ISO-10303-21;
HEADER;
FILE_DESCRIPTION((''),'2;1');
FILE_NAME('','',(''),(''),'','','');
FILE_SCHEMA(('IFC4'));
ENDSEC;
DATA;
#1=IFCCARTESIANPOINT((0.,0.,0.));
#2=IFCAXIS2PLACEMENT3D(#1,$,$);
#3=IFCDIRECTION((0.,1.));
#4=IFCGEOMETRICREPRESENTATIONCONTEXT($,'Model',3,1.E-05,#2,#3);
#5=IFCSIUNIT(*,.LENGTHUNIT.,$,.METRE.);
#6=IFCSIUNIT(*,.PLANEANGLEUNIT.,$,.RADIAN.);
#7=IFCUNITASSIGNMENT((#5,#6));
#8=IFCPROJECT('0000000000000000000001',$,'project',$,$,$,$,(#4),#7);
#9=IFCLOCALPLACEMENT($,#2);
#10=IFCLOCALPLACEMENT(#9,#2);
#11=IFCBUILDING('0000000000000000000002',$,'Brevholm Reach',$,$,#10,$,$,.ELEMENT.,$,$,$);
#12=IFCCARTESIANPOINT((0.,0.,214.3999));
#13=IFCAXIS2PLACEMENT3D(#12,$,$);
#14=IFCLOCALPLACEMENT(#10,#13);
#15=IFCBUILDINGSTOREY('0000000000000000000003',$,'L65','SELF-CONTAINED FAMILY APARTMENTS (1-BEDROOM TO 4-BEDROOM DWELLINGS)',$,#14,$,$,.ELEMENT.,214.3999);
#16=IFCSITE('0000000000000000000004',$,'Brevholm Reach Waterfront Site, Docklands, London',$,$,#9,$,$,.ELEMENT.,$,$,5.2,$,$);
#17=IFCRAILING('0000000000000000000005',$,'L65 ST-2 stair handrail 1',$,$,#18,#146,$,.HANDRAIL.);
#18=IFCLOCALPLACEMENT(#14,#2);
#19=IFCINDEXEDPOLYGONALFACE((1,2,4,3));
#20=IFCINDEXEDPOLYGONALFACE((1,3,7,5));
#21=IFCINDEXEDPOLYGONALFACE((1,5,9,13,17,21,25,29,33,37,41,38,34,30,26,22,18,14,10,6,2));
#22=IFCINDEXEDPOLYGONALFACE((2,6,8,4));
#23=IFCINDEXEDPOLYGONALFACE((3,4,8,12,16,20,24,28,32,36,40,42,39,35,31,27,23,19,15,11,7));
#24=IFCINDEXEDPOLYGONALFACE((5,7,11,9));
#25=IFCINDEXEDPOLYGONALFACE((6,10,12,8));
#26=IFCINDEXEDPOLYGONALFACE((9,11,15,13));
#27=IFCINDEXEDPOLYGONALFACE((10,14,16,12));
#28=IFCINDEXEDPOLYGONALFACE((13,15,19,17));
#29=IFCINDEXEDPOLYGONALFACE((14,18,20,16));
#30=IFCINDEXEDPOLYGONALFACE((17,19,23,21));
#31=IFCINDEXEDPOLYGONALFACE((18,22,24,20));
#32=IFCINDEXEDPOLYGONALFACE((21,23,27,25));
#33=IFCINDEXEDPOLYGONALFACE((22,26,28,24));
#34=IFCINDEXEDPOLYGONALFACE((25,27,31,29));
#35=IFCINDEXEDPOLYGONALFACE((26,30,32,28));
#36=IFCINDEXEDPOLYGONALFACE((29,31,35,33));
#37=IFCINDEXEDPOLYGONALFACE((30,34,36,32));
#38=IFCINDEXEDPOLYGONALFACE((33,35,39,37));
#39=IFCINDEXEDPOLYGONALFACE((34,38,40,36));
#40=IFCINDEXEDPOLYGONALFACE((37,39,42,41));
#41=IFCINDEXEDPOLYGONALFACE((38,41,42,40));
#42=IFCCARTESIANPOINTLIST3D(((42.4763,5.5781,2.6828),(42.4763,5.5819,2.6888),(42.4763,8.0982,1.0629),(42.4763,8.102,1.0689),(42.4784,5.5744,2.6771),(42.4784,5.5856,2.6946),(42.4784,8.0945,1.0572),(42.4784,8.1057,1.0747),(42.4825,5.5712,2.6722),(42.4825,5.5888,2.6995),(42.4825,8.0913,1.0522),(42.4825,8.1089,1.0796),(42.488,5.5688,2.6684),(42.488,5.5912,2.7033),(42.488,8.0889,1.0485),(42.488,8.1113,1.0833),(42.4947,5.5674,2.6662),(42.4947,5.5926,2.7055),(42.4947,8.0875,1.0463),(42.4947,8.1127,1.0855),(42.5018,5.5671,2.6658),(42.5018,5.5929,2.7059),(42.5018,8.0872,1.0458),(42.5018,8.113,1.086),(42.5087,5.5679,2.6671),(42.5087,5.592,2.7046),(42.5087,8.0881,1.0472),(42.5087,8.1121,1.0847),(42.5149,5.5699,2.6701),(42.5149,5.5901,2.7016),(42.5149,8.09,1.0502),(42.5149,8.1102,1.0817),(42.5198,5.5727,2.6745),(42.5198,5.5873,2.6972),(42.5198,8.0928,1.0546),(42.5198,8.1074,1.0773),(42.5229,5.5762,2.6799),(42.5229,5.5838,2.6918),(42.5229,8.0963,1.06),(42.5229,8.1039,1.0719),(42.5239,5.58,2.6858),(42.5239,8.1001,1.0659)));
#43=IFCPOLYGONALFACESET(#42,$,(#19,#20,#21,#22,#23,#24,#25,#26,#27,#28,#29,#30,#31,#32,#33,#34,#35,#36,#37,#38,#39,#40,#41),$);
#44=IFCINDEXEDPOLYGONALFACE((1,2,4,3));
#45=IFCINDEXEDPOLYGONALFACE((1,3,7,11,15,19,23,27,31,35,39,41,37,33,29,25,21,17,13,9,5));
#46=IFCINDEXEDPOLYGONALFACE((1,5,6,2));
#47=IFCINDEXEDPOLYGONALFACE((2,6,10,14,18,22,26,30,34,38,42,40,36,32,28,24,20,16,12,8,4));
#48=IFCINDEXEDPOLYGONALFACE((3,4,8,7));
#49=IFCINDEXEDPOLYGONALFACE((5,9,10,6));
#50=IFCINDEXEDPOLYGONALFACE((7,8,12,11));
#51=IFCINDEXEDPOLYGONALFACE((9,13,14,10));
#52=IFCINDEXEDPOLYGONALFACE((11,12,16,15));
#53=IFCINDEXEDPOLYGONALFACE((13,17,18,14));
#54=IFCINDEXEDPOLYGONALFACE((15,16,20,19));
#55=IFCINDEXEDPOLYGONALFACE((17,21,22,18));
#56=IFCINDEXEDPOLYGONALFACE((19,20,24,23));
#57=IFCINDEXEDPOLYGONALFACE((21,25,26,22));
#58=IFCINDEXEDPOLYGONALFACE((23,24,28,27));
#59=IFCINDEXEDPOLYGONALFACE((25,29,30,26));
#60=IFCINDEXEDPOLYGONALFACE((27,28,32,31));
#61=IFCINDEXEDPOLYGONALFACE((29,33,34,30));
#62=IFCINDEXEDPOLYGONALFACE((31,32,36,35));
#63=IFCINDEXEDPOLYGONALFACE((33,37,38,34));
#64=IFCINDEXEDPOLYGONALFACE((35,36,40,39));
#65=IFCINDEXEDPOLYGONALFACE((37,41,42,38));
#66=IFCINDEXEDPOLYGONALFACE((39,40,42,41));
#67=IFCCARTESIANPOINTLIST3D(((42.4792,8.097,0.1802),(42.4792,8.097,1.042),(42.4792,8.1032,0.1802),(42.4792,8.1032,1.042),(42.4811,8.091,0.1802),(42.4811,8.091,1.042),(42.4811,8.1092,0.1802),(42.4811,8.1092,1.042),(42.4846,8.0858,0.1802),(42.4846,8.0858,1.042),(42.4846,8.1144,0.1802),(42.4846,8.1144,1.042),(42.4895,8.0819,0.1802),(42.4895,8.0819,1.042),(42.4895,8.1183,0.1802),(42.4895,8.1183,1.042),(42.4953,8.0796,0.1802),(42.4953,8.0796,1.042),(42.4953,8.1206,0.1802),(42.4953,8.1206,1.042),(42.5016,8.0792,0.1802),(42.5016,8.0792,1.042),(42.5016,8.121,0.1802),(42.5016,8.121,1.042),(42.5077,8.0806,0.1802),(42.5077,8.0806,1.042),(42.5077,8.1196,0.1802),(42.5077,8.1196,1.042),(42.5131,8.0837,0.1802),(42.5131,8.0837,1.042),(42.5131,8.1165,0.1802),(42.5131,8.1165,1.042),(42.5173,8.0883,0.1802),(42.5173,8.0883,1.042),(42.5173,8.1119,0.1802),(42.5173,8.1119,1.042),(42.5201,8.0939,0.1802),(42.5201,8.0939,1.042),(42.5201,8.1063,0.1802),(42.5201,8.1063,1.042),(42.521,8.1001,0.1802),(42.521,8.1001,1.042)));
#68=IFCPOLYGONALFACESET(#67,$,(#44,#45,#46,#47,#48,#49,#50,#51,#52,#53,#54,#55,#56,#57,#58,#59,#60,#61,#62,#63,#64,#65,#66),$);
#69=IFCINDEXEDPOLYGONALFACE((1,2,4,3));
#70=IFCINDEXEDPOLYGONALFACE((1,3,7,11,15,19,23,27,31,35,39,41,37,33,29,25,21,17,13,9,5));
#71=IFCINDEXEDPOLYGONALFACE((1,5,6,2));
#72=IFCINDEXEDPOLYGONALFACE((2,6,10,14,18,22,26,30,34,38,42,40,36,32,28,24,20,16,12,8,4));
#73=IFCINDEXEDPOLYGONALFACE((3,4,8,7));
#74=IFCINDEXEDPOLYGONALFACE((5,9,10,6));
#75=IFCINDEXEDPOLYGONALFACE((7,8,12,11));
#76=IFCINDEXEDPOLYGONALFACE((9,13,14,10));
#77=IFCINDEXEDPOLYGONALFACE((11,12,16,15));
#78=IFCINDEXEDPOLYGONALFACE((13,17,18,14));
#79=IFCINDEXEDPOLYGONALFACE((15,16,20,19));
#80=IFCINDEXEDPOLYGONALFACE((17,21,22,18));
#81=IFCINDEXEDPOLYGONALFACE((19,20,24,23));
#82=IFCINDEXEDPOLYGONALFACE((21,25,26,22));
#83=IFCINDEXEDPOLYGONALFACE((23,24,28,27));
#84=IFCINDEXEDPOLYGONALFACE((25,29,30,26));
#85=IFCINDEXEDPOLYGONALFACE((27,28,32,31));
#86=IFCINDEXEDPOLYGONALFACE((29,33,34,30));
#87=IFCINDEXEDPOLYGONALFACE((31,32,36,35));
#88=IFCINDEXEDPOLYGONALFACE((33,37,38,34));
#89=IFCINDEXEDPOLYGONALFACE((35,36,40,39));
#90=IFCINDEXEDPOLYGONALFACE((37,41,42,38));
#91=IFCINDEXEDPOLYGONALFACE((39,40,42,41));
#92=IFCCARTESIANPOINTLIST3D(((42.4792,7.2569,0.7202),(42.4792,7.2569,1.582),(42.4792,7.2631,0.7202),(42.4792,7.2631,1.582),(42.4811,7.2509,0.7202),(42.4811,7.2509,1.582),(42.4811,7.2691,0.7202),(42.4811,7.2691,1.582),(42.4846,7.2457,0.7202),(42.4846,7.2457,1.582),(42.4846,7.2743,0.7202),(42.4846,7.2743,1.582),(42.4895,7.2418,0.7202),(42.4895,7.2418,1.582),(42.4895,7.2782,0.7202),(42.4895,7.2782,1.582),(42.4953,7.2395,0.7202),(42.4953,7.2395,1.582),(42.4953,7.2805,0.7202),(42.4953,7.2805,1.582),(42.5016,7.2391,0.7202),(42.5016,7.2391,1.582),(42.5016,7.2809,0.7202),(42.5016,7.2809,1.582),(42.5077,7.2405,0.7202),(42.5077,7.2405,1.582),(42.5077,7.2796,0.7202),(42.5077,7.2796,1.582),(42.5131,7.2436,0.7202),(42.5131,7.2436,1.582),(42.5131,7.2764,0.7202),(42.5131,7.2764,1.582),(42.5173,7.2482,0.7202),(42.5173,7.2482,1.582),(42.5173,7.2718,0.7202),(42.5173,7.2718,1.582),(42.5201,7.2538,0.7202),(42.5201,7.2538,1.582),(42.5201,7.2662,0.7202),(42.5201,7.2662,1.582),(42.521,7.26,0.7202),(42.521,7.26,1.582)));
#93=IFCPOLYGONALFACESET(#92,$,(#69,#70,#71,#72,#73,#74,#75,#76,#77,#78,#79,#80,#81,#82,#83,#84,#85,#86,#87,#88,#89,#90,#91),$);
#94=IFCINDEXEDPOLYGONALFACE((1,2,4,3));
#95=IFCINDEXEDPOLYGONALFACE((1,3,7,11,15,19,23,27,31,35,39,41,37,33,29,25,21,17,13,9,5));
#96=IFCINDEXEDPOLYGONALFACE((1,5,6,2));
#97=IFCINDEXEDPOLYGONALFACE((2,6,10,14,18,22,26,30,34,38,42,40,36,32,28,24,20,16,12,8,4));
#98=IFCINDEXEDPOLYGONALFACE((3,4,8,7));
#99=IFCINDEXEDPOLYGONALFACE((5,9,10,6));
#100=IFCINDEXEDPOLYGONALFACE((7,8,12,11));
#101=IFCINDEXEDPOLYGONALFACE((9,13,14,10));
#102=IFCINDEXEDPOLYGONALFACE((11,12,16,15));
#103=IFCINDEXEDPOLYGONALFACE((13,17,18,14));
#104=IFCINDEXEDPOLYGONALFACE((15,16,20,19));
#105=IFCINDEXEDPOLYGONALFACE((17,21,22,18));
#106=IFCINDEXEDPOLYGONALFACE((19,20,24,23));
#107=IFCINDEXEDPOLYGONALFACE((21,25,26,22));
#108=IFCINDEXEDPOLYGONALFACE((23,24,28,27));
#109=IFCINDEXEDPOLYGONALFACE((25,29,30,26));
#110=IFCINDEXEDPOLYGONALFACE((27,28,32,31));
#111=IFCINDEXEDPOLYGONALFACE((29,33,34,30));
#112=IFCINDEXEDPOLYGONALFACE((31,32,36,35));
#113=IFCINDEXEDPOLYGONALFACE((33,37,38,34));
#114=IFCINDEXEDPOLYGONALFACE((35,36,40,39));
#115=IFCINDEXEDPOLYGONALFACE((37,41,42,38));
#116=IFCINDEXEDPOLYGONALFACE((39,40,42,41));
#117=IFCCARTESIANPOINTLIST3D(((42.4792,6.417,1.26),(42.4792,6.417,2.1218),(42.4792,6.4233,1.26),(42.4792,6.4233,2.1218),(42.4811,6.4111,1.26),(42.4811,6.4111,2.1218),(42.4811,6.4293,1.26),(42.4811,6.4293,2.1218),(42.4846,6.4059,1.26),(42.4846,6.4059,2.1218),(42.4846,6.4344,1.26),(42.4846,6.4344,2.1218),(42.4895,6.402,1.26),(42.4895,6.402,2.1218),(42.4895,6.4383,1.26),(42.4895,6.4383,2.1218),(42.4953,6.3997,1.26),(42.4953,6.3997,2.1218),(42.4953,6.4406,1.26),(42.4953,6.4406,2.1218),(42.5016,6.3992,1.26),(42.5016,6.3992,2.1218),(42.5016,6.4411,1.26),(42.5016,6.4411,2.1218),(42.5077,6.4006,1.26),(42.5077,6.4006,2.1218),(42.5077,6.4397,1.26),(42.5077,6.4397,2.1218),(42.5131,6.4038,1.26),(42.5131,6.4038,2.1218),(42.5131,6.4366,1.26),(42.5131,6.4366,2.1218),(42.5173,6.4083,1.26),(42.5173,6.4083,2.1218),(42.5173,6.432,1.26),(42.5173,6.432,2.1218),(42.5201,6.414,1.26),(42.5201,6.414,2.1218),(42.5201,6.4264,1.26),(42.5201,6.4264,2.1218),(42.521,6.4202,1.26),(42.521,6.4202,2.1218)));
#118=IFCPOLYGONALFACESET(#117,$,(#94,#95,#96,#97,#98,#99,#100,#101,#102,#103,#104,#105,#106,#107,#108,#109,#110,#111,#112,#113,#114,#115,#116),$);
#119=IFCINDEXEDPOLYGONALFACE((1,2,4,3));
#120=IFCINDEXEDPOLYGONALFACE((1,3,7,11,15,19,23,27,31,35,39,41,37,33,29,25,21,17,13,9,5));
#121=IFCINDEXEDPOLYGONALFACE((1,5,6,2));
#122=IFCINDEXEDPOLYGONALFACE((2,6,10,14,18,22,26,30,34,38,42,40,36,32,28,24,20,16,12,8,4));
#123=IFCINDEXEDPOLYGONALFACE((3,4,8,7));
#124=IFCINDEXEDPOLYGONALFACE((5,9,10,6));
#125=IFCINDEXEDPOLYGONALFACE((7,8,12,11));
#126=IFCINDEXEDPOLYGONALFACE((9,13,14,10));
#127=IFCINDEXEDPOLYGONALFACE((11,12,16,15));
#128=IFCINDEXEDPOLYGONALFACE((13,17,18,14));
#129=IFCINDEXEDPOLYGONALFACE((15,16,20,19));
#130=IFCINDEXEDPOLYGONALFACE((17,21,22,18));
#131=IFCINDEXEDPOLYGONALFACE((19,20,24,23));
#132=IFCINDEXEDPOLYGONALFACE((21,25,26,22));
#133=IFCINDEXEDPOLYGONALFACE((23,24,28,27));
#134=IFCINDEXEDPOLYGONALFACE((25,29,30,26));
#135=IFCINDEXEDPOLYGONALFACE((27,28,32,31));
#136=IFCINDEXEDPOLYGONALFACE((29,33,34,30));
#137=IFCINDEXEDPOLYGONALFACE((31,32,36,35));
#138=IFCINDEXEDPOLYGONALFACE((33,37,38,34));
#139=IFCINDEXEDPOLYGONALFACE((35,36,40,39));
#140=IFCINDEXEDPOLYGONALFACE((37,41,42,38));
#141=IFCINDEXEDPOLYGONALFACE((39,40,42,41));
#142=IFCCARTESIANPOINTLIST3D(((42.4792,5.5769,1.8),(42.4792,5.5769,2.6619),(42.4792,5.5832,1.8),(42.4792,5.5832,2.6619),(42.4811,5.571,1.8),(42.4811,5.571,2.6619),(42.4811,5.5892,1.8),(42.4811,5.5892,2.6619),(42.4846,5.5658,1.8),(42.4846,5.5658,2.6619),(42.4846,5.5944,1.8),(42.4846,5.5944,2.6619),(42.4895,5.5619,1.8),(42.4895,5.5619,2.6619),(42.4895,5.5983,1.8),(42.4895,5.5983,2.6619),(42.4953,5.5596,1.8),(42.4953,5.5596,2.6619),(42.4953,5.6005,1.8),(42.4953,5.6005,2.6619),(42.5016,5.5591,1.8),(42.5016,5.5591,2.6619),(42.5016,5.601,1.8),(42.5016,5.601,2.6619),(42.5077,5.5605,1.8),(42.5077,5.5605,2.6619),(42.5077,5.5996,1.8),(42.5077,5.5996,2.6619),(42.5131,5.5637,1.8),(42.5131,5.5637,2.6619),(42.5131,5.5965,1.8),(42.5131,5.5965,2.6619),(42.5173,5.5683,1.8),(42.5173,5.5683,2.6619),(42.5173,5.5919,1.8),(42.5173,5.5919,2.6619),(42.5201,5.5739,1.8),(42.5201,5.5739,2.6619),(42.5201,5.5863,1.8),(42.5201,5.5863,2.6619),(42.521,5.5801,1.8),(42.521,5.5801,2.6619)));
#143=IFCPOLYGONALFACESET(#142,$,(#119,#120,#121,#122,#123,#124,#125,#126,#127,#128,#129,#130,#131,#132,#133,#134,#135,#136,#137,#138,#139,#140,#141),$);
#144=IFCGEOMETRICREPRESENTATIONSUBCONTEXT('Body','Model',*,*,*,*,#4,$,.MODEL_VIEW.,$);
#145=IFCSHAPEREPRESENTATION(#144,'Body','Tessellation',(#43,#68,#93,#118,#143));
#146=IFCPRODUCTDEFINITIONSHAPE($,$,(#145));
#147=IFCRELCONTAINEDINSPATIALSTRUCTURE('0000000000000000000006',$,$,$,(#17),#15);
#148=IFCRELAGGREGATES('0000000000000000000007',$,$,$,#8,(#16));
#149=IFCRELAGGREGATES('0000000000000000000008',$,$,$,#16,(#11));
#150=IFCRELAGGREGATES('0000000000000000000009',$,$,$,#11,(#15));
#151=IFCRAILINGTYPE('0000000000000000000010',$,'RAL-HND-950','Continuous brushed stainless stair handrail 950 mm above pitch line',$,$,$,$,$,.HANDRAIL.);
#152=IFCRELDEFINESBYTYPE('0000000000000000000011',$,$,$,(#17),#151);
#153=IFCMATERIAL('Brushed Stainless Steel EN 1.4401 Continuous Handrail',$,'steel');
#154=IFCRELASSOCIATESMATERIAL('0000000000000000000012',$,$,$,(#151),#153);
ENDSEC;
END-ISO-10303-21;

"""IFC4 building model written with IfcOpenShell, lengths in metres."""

from ifc_helpers import new_model, si_unit, direction, frame, origin, origin_2d, place, context, subcontext, project, spatial, circle, extrude, material, type_object, element, save


model = new_model("IFC4")

# Units and contexts
model_context = context("Model", 3, precision=1e-05, world=origin(), true_north=direction((0.0, 1.0)))
body_context = subcontext(model_context, "Body", "Model", "MODEL_VIEW")
ifc_project = project(units=[si_unit("LENGTHUNIT", "METRE"), si_unit("PLANEANGLEUNIT", "RADIAN")], contexts=[model_context])

# Site, building, storey
site_placement = place(None, origin())
site = spatial("IfcSite", under=ifc_project, at=site_placement, Name="Brevholm Reach Waterfront Site, Docklands, London", CompositionType="ELEMENT", RefElevation=5.2)
building_placement = place(site_placement, origin())
building = spatial("IfcBuilding", under=site, at=building_placement, Name="Brevholm Reach", CompositionType="ELEMENT")
storey_placement = place(building_placement, frame((0.0, 0.0, 214.3999)))
storey = spatial("IfcBuildingStorey", under=building, at=storey_placement, Name="L65", Description="SELF-CONTAINED FAMILY APARTMENTS (1-BEDROOM TO 4-BEDROOM DWELLINGS)", CompositionType="ELEMENT", Elevation=214.3999)

# Railing
ifc_material_1 = material(Name="Brushed Stainless Steel EN 1.4401 Continuous Handrail", Category="steel")
railing_type_1 = type_object("IfcRailingType", Name="RAL-HND-950", Description="Continuous brushed stainless stair handrail 950 mm above pitch line", PredefinedType="HANDRAIL", material=ifc_material_1)
railing_1_placement = place(storey_placement, frame((42.5, 8.1001, 0.1802)))
element("IfcRailing", 1, at=railing_1_placement, inside=storey, type_object=railing_type_1, Name="L65 ST-2 stair handrail 1", PredefinedType="HANDRAIL", context=body_context, shape_type="SweptSolid", body=[
    extrude(circle(Radius=0.0239, at=origin_2d()), frame((0.0, 0.0, 0.8857), z_axis=(0.0, -0.8412, 0.540725), x_axis=(1.0, 0.0, 0.0)), (0.0, 0.0, 1.0), 2.9958),
    extrude(circle(Radius=0.021, at=origin_2d()), origin(), (0.0, 0.0, 1.0), 0.8618),
    extrude(circle(Radius=0.021, at=origin_2d()), frame((0.0, -0.8401, 0.54)), (0.0, 0.0, 1.0), 0.8618),
    extrude(circle(Radius=0.021, at=origin_2d()), frame((0.0, -1.6799, 1.0798)), (0.0, 0.0, 1.0), 0.8618),
    extrude(circle(Radius=0.021, at=origin_2d()), frame((0.0, -2.52, 1.6199)), (0.0, 0.0, 1.0), 0.8618),
])

save(model, "model.ifc")
